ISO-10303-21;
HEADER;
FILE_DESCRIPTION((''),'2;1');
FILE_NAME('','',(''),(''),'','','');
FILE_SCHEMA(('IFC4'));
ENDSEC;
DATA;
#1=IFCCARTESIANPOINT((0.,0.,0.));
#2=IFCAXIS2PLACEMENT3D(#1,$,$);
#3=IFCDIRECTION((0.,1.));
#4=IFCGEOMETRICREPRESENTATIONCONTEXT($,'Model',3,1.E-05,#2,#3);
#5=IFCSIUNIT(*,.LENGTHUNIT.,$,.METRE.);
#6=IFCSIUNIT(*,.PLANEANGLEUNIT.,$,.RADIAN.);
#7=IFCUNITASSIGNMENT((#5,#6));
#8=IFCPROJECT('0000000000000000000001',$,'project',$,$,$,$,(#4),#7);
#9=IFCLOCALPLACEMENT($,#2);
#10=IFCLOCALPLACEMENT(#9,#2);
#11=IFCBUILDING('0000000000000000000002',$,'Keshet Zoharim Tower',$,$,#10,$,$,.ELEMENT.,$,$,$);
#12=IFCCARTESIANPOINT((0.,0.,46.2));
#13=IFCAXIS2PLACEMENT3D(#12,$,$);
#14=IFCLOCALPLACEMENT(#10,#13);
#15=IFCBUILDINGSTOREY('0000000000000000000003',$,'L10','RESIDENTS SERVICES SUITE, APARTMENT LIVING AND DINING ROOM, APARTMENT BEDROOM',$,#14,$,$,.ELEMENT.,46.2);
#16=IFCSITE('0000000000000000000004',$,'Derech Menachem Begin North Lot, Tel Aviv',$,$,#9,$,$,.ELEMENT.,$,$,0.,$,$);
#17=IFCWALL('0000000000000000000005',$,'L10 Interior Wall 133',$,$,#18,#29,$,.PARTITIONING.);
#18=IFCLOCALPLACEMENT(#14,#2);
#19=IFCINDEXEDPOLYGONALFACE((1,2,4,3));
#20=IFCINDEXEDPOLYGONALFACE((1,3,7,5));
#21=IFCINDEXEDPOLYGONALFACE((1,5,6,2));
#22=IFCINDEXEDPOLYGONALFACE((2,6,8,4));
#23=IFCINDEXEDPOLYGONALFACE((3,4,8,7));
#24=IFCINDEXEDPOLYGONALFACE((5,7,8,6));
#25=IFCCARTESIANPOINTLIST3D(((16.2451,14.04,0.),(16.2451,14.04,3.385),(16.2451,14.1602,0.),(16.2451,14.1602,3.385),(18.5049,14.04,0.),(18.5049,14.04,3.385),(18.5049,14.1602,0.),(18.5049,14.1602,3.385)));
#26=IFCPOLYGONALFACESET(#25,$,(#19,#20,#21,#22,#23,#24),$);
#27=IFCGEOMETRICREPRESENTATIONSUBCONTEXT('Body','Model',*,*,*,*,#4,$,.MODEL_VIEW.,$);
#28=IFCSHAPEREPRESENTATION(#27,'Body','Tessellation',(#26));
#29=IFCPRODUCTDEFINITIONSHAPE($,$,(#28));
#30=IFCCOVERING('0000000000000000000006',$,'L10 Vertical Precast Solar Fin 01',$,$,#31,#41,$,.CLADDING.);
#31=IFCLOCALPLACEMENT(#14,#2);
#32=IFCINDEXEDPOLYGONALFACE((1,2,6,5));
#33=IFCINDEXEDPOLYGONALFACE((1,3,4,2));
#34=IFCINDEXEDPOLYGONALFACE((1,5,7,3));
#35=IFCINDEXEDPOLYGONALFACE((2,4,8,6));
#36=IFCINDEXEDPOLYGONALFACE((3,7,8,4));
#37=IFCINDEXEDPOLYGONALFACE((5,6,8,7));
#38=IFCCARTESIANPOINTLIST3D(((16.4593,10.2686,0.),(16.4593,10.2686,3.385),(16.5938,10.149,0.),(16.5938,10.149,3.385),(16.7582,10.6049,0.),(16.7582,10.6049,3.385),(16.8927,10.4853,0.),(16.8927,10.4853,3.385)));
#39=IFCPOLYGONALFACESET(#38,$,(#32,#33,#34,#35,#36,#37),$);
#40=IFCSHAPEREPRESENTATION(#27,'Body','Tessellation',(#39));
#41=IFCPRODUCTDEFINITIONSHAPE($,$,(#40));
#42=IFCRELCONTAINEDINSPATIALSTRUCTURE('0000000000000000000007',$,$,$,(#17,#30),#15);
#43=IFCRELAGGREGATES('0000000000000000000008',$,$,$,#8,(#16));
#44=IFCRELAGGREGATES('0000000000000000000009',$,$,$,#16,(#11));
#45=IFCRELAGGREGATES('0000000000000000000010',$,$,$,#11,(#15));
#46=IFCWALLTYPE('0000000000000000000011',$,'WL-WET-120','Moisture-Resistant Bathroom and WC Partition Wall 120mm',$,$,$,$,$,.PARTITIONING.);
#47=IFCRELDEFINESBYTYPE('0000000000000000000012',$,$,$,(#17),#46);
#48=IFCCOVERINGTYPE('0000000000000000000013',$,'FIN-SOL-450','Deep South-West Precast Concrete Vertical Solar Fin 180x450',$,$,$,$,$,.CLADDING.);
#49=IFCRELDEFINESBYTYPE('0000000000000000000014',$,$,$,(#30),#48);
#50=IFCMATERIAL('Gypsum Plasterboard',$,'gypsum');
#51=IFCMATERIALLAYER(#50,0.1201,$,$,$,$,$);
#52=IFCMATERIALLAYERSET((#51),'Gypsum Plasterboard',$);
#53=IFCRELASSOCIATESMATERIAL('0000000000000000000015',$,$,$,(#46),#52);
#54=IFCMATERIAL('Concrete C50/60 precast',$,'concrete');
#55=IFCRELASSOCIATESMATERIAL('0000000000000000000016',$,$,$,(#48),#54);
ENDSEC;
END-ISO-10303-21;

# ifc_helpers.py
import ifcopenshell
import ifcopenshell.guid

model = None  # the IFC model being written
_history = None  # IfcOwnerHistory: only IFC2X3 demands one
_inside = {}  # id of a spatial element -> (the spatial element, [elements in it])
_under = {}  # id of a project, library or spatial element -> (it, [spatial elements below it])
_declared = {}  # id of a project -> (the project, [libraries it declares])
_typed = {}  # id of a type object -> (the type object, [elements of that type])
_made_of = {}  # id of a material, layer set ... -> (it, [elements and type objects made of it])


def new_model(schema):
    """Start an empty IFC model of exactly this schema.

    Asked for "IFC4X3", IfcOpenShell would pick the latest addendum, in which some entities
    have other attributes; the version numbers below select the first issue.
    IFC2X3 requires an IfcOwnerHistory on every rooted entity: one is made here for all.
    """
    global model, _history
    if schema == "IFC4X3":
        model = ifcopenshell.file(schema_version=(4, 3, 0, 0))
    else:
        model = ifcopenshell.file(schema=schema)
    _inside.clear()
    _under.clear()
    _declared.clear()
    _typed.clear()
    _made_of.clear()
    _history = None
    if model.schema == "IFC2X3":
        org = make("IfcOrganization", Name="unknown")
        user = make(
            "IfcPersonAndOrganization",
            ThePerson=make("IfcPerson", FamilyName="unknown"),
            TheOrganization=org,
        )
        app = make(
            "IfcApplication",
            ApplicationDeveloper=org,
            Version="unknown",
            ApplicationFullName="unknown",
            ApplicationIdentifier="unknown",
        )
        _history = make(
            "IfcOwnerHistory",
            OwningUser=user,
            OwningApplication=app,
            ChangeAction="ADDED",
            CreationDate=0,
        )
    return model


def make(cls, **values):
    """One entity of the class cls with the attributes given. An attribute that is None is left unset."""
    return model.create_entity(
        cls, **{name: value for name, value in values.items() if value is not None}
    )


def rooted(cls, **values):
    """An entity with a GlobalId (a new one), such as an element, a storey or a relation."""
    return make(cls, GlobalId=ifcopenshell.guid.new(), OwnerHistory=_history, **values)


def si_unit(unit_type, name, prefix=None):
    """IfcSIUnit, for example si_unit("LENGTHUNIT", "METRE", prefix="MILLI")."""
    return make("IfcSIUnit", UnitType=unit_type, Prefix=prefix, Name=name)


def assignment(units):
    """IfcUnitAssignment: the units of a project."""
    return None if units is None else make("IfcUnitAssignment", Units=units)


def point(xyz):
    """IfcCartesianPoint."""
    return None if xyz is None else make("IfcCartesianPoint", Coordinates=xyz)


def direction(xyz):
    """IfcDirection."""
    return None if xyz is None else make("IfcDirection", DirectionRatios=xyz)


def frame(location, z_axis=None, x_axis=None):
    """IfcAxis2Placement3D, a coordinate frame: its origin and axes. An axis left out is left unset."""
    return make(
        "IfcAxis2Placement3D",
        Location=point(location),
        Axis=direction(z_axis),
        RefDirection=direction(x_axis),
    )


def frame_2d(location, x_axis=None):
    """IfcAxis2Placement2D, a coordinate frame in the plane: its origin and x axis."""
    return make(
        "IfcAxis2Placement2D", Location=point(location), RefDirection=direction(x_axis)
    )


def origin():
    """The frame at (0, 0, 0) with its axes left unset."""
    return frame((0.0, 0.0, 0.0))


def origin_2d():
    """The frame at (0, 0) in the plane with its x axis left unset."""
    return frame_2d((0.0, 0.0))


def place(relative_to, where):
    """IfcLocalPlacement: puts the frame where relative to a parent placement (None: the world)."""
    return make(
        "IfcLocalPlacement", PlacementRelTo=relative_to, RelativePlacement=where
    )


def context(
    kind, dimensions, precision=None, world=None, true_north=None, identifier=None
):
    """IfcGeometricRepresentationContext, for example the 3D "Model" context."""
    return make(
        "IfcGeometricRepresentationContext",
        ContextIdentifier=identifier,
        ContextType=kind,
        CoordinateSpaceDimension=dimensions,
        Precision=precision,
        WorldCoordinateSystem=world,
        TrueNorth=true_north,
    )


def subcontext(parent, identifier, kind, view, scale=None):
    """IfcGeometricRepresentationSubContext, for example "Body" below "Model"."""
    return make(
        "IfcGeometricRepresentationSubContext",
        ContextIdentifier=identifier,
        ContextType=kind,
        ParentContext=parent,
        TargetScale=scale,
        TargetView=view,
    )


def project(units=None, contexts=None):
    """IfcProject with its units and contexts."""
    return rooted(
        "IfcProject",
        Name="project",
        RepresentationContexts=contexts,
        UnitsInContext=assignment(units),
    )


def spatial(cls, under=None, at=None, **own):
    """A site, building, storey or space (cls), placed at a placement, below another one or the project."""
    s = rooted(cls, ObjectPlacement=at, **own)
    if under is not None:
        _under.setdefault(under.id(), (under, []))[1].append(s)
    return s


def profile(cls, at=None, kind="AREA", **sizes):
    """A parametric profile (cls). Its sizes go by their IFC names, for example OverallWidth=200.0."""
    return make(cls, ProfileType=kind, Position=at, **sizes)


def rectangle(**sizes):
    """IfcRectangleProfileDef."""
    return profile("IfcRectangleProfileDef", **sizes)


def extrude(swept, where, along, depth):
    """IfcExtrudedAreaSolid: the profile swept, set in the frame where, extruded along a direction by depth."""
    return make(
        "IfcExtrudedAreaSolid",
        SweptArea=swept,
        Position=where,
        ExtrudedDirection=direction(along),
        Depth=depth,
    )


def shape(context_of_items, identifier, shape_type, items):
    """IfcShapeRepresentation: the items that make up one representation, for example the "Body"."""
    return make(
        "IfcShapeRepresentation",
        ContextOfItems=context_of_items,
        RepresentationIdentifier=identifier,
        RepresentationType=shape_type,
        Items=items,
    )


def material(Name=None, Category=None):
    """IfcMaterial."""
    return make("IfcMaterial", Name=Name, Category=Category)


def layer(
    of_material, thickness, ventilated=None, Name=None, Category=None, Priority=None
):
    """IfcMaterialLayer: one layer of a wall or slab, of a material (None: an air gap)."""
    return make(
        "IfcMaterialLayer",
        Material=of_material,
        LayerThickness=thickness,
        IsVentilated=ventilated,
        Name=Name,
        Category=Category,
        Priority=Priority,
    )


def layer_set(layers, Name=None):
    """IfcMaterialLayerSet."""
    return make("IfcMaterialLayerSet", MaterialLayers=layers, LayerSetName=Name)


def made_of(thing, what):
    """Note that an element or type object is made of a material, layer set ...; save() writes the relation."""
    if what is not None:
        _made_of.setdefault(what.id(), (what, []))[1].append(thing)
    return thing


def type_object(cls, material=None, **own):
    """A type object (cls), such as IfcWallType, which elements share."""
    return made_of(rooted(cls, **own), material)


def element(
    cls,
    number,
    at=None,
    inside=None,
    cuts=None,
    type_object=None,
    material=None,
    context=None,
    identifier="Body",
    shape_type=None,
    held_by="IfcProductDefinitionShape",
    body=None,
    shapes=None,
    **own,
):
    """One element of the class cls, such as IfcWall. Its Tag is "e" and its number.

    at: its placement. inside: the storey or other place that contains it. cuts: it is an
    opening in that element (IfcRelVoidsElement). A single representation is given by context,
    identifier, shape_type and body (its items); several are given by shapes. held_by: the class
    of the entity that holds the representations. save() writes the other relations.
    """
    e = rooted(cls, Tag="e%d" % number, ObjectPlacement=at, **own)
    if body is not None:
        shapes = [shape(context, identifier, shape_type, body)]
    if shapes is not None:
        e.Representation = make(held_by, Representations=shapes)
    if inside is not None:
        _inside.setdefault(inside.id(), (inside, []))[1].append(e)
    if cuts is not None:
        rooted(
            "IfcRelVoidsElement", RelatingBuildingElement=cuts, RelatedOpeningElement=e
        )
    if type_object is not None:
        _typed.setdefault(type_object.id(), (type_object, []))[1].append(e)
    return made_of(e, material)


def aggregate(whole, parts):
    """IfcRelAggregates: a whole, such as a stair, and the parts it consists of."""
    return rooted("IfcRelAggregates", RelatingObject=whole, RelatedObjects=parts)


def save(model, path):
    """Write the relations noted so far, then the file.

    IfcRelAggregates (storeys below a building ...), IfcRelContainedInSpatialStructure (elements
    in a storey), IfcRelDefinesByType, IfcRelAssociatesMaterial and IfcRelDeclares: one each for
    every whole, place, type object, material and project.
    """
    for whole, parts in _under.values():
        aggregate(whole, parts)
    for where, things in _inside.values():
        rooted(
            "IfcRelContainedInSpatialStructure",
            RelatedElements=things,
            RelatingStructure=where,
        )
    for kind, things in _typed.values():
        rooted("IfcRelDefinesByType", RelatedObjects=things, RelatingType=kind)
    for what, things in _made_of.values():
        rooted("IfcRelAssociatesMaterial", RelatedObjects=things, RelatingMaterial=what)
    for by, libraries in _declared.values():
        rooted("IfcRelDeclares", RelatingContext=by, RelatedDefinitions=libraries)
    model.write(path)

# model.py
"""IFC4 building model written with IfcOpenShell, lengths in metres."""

from ifc_helpers import new_model, si_unit, direction, frame, frame_2d, origin, origin_2d, place, context, subcontext, project, spatial, rectangle, extrude, material, layer, layer_set, type_object, element, save


model = new_model("IFC4")

# Units and contexts
model_context = context("Model", 3, precision=1e-05, world=origin(), true_north=direction((0.0, 1.0)))
body_context = subcontext(model_context, "Body", "Model", "MODEL_VIEW")
ifc_project = project(units=[si_unit("LENGTHUNIT", "METRE"), si_unit("PLANEANGLEUNIT", "RADIAN")], contexts=[model_context])

# Site, building, storey
site_placement = place(None, origin())
site = spatial("IfcSite", under=ifc_project, at=site_placement, Name="Derech Menachem Begin North Lot, Tel Aviv", CompositionType="ELEMENT", RefElevation=0.0)
building_placement = place(site_placement, origin())
building = spatial("IfcBuilding", under=site, at=building_placement, Name="Keshet Zoharim Tower", CompositionType="ELEMENT")
storey_placement = place(building_placement, frame((0.0, 0.0, 46.2)))
storey = spatial("IfcBuildingStorey", under=building, at=storey_placement, Name="L10", Description="RESIDENTS SERVICES SUITE, APARTMENT LIVING AND DINING ROOM, APARTMENT BEDROOM", CompositionType="ELEMENT", Elevation=46.2)

# Shared definitions
ifc_material_1 = material(Name="Gypsum Plasterboard", Category="gypsum")

# Shared definitions
ifc_layer_1 = layer(ifc_material_1, 0.1201)
ifc_layer_set_1 = layer_set([ifc_layer_1], Name="Gypsum Plasterboard")
wall_type_1 = type_object("IfcWallType", Name="WL-WET-120", Description="Moisture-Resistant Bathroom and WC Partition Wall 120mm", PredefinedType="PARTITIONING", material=ifc_layer_set_1)

# Wall
for number, where, z_axis, x_axis, name in (
    (1, (16.2451, 14.1001, 0.0), (0.0, 0.0, 1.0), (1.0, 0.0, 0.0), "L10 Interior Wall 133"),
):
    element("IfcWall", number, at=place(storey_placement, frame(where, z_axis=z_axis, x_axis=x_axis)), inside=storey, type_object=wall_type_1, Name=name, PredefinedType="PARTITIONING", context=body_context, shape_type="SweptSolid", body=[
        extrude(rectangle(XDim=2.2598, YDim=0.1201, at=frame_2d((1.1299, 0.0))), origin(), (0.0, 0.0, 1.0), 3.385),
    ])

# Covering
ifc_material_2 = material(Name="Concrete C50/60 precast", Category="concrete")
covering_type = type_object("IfcCoveringType", Name="FIN-SOL-450", Description="Deep South-West Precast Concrete Vertical Solar Fin 180x450", PredefinedType="CLADDING", material=ifc_material_2)
covering_placement = place(storey_placement, frame((16.676, 10.377, 0.0), z_axis=(0.0, 0.0, 1.0), x_axis=(-0.747409, 0.664364, 0.0)))
element("IfcCovering", 2, at=covering_placement, inside=storey, type_object=covering_type, Name="L10 Vertical Precast Solar Fin 01", PredefinedType="CLADDING", context=body_context, shape_type="SweptSolid", body=[
    extrude(rectangle(XDim=0.1799, YDim=0.45, at=origin_2d()), origin(), (0.0, 0.0, 1.0), 3.385),
])

save(model, "model.ifc")
